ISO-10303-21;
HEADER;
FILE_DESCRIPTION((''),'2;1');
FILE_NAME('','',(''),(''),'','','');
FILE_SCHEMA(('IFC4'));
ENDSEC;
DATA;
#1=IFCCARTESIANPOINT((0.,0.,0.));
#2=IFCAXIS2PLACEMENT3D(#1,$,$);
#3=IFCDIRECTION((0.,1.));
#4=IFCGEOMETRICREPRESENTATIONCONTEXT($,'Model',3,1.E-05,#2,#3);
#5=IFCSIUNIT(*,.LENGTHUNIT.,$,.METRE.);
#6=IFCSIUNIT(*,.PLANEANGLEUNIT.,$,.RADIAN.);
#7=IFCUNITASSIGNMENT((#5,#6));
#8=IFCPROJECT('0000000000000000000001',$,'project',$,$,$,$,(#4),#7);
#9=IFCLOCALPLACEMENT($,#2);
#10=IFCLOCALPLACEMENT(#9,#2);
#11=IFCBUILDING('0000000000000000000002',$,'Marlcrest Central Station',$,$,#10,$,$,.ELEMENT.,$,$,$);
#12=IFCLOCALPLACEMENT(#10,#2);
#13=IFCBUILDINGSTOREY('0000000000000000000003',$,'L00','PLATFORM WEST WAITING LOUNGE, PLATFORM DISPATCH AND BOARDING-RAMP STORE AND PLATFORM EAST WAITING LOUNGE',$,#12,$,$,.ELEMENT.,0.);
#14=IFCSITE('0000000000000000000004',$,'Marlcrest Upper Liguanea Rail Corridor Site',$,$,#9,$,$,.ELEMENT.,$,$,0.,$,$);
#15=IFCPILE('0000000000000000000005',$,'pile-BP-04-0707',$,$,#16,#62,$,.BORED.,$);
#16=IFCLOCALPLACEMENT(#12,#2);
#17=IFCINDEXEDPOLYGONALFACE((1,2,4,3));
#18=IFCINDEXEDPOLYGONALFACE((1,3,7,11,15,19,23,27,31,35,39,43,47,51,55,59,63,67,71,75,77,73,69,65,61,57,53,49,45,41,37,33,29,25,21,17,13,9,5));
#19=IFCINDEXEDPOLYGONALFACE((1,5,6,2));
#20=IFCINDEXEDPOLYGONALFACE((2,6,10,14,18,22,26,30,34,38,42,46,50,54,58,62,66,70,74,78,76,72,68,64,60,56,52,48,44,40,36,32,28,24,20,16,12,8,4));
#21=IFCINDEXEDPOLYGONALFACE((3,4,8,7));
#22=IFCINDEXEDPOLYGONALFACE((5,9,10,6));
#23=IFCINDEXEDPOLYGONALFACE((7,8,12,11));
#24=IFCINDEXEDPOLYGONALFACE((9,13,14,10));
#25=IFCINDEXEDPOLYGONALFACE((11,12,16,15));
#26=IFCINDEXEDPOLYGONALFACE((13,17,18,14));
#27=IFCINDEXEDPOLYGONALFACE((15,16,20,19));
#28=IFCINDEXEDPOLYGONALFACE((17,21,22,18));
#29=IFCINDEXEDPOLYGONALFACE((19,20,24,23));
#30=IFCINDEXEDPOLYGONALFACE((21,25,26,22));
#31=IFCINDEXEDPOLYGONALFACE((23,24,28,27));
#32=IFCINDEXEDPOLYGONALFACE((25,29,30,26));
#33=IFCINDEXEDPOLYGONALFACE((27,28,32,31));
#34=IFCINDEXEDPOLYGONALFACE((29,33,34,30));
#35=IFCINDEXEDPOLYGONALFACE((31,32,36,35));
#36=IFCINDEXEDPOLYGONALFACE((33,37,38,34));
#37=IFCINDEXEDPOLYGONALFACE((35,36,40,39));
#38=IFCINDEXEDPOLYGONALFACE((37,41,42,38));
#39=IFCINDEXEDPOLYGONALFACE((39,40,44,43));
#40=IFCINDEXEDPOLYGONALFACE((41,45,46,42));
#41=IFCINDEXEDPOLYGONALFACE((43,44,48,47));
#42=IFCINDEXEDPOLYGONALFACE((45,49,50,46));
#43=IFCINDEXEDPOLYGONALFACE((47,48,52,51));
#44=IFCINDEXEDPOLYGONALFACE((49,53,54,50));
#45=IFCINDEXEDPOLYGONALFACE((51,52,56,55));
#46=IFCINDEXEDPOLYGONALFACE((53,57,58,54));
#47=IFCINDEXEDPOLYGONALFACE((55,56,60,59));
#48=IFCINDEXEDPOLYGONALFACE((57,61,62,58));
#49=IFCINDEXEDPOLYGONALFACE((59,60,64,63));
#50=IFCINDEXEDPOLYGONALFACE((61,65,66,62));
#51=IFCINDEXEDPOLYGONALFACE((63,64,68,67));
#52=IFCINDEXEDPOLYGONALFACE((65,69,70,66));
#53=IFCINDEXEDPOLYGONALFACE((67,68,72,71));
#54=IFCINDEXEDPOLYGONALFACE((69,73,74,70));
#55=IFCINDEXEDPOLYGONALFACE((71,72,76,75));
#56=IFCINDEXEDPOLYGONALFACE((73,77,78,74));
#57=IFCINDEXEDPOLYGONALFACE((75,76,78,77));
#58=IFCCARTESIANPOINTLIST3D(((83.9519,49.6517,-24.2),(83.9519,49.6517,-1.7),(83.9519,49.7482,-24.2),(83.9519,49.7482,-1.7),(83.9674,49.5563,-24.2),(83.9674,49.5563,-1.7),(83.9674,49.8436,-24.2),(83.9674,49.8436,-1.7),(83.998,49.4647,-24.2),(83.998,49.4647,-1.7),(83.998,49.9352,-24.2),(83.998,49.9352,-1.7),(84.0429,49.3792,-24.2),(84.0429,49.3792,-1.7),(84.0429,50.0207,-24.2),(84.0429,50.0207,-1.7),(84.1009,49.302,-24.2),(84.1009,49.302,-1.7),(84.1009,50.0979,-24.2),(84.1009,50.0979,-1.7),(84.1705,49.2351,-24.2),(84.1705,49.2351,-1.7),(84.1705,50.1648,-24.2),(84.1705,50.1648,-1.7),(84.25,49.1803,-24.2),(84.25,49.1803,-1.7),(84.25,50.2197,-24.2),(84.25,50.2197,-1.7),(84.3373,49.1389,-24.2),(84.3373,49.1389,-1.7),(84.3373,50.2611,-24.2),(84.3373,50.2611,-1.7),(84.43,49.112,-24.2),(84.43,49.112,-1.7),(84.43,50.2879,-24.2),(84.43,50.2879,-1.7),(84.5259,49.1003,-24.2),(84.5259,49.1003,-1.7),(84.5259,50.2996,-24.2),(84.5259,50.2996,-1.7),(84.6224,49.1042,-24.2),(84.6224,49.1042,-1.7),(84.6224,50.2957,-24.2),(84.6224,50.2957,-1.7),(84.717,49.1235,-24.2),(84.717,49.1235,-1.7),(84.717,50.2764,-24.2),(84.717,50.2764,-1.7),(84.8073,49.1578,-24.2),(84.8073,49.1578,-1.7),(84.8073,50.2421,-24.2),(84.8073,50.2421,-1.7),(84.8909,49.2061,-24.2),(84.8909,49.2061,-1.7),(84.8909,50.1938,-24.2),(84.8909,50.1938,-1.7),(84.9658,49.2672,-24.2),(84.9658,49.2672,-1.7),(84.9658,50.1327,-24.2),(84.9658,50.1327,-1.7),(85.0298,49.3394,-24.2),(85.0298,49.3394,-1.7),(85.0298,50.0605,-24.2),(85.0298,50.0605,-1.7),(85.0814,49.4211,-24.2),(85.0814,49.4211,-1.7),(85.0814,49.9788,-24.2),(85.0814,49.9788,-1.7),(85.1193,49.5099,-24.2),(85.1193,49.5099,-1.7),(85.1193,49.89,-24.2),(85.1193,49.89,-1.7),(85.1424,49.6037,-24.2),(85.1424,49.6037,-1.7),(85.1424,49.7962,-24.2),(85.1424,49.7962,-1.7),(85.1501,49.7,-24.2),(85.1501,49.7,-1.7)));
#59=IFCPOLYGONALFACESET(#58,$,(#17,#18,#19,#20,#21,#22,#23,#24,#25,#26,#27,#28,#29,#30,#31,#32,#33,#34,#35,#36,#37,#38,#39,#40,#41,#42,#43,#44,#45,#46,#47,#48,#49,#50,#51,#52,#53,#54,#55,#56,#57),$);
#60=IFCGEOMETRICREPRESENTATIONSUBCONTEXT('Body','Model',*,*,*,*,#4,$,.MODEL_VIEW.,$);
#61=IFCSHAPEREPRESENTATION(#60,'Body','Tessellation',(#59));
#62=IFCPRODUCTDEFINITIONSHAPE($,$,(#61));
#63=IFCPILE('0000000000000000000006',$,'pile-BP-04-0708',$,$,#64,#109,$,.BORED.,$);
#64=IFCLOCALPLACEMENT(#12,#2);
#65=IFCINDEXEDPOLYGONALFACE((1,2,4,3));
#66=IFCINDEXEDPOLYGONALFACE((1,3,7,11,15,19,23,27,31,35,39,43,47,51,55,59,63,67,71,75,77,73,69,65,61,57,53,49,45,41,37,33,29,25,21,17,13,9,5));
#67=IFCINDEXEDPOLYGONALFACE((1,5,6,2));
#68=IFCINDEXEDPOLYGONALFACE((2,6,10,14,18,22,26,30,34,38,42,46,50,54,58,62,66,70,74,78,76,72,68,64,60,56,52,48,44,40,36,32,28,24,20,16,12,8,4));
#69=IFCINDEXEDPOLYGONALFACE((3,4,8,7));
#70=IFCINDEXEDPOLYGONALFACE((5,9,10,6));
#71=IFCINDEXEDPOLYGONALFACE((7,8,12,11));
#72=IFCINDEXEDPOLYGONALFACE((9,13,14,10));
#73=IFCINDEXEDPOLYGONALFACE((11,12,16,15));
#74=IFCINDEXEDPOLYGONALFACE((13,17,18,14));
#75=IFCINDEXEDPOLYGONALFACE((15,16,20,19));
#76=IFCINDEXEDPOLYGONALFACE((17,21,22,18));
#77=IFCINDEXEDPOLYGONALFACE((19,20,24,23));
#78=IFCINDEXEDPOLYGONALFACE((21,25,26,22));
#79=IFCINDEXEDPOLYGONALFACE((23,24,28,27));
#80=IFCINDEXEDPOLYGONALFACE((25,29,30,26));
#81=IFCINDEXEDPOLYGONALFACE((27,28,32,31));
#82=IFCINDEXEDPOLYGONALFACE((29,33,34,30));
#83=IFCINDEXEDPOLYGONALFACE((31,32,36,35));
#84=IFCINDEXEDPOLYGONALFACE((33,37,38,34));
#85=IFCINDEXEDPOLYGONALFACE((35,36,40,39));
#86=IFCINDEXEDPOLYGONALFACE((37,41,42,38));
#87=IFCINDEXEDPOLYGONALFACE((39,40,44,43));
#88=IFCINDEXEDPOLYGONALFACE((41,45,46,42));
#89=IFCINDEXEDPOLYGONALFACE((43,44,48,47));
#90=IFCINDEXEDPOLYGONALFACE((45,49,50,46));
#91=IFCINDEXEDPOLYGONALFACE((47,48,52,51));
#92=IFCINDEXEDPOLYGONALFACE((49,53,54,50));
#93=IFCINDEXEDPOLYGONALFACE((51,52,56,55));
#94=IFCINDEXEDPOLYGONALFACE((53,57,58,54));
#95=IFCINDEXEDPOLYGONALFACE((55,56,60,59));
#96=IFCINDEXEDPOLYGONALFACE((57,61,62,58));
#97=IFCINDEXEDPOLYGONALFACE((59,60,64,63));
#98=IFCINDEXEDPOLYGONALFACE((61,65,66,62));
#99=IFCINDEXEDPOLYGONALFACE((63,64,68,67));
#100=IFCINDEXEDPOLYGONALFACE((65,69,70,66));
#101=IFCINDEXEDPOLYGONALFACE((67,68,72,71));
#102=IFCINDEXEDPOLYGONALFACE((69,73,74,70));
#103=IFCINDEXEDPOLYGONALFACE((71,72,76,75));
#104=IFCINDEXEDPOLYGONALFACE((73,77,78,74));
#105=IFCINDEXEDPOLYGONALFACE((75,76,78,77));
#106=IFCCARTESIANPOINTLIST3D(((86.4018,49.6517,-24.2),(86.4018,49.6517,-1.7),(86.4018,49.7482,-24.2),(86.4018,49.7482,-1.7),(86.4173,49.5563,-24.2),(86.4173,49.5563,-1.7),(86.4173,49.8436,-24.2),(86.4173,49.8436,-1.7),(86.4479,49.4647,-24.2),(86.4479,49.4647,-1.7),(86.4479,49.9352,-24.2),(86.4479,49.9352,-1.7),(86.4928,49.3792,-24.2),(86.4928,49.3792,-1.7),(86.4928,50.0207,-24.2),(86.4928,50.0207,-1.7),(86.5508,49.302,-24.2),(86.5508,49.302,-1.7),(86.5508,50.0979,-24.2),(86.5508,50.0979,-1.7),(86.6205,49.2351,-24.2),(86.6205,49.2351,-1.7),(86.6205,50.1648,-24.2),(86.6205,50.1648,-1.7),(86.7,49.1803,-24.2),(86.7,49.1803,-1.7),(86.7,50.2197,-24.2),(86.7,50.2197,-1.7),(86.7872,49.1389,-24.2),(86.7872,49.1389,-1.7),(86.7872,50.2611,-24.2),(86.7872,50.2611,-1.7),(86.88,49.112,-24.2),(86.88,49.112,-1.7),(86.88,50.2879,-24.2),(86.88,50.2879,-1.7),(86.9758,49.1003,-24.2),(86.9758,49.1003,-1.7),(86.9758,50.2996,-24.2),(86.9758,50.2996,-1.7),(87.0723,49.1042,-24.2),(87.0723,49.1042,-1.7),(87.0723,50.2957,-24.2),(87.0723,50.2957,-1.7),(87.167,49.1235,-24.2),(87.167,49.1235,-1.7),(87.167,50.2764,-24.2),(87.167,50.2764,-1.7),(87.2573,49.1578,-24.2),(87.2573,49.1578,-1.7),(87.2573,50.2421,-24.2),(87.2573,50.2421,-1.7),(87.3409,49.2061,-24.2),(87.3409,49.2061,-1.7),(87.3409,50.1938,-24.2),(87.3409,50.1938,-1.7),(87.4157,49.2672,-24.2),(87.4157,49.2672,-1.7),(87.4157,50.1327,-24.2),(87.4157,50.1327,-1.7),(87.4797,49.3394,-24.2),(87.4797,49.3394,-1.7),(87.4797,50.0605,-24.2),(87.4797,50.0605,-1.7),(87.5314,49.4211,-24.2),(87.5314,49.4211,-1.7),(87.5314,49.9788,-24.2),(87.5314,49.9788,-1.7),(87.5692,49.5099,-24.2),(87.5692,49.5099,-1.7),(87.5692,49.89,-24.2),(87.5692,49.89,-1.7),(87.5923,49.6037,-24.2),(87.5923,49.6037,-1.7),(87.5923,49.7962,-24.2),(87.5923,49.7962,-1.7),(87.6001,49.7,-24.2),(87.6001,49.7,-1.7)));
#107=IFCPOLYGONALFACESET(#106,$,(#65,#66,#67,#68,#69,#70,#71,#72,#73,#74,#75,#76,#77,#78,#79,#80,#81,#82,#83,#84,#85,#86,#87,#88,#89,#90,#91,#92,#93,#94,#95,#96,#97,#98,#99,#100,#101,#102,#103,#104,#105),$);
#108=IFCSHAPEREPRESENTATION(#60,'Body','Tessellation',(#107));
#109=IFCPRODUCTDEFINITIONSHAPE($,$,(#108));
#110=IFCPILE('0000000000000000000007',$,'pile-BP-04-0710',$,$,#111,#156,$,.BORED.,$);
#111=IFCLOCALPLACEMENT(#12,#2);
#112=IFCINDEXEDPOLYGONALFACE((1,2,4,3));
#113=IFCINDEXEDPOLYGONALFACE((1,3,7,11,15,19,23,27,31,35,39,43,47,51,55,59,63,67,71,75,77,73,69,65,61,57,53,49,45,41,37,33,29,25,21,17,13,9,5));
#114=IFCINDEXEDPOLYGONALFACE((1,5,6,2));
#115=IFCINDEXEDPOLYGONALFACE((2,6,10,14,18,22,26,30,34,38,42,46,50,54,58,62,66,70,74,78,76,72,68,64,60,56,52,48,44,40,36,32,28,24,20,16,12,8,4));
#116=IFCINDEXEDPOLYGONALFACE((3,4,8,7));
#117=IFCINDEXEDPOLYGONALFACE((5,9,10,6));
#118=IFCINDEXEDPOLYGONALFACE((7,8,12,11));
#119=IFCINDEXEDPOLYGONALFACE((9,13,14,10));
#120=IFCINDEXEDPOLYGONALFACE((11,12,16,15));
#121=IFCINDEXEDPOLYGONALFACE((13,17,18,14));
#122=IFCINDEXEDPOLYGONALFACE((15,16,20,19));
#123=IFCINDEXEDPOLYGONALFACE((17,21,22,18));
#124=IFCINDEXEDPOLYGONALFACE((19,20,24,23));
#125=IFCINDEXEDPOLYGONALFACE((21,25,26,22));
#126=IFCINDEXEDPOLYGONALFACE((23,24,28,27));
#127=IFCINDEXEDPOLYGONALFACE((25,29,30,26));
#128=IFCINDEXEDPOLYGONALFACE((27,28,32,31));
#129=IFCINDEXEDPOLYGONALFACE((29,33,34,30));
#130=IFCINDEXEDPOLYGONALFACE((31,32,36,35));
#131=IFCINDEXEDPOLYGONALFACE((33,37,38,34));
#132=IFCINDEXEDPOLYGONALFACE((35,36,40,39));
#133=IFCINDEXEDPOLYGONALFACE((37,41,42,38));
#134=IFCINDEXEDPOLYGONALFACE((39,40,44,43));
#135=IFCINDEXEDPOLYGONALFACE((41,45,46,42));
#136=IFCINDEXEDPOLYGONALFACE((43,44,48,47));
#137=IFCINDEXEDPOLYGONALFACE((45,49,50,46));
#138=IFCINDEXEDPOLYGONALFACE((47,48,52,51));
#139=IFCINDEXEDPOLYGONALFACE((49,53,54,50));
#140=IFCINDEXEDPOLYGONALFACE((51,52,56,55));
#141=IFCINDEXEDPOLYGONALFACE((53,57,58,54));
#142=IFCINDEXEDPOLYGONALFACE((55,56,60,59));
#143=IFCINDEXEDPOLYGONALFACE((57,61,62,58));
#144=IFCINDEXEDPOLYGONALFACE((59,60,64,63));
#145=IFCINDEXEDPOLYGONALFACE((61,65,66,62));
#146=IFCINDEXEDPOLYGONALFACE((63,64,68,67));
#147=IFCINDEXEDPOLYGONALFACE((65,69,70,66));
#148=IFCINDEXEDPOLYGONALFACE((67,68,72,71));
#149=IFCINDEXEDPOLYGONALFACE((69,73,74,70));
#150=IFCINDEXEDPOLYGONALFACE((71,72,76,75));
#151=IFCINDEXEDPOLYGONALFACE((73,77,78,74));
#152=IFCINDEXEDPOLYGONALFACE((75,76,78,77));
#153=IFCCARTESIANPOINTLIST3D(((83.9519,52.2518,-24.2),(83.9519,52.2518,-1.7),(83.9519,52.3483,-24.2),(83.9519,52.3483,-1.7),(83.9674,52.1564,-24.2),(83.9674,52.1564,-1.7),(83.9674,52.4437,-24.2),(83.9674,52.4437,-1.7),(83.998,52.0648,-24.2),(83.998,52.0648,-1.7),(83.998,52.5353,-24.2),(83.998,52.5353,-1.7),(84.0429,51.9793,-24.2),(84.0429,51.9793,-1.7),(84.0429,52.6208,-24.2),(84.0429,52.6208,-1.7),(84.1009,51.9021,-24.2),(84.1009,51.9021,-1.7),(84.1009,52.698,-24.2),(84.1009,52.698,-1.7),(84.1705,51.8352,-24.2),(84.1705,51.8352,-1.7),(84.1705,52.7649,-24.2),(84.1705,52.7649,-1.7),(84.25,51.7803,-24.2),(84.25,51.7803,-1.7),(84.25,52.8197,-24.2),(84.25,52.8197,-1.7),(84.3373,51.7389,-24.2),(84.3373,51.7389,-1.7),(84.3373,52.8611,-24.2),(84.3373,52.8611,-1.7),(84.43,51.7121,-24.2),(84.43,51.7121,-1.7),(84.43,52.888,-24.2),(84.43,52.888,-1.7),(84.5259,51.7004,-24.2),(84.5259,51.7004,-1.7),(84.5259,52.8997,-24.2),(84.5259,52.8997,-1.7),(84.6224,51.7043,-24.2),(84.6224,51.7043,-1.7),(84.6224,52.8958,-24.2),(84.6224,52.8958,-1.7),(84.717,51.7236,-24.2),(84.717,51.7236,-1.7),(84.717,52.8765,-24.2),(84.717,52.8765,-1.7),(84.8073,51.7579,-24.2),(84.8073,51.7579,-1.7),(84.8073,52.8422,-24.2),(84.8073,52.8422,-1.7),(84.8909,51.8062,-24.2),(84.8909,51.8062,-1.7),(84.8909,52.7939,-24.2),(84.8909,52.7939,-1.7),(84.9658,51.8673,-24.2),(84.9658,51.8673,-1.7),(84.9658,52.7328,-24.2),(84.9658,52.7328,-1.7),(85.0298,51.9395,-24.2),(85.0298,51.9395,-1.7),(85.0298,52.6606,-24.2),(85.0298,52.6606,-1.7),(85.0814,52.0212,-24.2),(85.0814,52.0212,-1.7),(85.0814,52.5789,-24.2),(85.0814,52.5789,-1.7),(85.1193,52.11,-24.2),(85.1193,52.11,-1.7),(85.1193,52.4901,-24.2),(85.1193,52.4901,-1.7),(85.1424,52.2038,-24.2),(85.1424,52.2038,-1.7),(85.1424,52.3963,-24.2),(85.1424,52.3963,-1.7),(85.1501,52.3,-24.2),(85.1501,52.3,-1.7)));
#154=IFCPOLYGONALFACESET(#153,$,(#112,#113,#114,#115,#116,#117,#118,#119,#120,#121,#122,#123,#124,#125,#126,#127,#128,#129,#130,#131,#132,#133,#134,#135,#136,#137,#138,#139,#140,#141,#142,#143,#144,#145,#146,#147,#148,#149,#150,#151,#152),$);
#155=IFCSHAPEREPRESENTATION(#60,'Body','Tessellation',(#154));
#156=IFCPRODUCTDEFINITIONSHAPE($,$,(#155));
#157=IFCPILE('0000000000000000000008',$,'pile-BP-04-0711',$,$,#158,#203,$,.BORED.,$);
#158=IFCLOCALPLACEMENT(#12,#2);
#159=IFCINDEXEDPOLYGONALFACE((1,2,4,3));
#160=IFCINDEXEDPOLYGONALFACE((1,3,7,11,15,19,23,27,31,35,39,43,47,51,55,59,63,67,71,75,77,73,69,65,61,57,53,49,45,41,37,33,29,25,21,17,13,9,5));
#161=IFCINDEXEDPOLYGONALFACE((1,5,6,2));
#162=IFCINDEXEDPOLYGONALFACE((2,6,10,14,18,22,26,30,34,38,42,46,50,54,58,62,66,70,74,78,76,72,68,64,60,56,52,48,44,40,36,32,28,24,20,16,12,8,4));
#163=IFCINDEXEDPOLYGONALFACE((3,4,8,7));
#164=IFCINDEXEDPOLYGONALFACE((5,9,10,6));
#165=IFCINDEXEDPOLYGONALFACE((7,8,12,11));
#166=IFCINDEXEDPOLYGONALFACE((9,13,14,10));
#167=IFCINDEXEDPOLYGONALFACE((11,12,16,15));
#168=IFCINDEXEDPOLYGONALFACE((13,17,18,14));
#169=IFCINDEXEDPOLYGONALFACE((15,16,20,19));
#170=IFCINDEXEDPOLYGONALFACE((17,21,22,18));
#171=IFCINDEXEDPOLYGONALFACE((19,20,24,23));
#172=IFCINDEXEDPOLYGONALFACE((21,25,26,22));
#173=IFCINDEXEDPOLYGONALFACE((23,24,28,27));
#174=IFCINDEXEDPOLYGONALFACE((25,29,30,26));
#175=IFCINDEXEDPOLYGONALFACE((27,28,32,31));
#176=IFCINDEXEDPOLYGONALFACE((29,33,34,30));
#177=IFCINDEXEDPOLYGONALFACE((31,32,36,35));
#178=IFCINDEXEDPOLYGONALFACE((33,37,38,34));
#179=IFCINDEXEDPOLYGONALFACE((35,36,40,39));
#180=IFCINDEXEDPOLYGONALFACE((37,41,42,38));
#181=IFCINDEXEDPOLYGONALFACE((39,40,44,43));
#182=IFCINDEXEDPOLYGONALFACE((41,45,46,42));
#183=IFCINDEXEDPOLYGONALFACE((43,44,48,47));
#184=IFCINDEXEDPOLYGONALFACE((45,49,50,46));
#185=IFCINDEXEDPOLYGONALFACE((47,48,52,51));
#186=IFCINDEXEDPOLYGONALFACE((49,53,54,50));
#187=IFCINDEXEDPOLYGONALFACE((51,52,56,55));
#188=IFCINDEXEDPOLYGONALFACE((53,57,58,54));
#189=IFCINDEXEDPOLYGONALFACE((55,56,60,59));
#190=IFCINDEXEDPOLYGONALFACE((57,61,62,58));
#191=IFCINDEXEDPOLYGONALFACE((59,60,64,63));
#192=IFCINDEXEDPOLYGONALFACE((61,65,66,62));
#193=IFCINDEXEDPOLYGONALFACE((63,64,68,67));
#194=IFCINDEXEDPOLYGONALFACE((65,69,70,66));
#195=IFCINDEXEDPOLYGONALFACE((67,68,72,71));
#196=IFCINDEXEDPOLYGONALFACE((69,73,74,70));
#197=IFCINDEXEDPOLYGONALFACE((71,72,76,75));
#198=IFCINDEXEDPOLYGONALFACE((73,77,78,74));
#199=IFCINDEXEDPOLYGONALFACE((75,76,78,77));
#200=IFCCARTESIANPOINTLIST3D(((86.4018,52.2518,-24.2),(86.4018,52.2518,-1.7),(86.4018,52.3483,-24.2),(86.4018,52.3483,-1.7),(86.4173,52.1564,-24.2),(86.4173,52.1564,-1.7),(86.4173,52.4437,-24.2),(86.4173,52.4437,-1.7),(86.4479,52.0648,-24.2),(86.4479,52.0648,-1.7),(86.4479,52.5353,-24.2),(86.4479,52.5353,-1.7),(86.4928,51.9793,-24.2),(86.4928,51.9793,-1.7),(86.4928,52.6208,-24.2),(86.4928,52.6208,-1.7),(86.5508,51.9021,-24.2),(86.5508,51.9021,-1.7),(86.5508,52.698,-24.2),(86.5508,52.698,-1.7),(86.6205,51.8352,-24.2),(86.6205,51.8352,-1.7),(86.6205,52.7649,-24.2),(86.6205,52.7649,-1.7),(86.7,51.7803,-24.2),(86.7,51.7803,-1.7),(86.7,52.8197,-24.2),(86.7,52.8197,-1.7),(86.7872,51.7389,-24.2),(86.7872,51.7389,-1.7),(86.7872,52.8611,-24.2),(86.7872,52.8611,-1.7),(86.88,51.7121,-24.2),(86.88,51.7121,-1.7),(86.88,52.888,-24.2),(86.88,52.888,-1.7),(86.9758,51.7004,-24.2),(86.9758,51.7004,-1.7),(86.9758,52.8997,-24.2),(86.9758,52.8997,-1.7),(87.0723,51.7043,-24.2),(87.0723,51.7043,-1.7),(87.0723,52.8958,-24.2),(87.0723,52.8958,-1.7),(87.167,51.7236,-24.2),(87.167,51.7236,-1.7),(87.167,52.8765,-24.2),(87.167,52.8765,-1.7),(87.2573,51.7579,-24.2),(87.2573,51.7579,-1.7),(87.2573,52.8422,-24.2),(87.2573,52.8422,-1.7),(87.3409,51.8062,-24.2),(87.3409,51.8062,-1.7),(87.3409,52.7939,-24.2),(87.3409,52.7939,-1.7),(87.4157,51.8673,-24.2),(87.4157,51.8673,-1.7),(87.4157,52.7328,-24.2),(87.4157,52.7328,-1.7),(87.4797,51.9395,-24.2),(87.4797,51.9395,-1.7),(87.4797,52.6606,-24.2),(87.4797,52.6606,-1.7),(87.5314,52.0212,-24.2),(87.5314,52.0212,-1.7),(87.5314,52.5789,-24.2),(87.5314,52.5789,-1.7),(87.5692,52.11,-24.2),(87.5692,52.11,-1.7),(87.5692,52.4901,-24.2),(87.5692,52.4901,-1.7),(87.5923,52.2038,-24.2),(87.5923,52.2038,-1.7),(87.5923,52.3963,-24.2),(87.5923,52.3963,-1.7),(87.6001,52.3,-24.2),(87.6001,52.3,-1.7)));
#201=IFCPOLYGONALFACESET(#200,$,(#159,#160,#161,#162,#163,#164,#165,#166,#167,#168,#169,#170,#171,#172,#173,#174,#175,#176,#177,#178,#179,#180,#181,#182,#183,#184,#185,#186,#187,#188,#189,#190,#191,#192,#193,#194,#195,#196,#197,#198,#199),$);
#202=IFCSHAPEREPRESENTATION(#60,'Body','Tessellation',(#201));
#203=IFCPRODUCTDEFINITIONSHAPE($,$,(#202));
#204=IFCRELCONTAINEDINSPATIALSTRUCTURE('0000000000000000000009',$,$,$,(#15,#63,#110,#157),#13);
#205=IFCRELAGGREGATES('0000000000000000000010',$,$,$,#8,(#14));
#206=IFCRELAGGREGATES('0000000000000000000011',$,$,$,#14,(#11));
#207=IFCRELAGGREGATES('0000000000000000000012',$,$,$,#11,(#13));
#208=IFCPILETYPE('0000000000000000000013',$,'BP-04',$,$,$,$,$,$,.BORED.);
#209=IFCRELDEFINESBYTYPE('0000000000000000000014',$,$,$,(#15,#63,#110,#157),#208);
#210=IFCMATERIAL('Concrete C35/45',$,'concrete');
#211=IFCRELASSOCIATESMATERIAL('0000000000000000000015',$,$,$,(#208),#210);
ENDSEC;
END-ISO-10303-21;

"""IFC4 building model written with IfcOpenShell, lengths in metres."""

from ifc_helpers import new_model, si_unit, direction, frame, origin, origin_2d, place, context, subcontext, project, spatial, circle, extrude, material, material_profile, profile_set, type_object, element, save


model = new_model("IFC4")

# Units and contexts
model_context = context("Model", 3, precision=1e-05, world=origin(), true_north=direction((0.0, 1.0)))
body_context = subcontext(model_context, "Body", "Model", "MODEL_VIEW")
ifc_project = project(units=[si_unit("LENGTHUNIT", "METRE"), si_unit("PLANEANGLEUNIT", "RADIAN")], contexts=[model_context])

# Site, building, storey
site_placement = place(None, origin())
site = spatial("IfcSite", under=ifc_project, at=site_placement, Name="Marlcrest Upper Liguanea Rail Corridor Site", CompositionType="ELEMENT", RefElevation=0.0)
building_placement = place(site_placement, origin())
building = spatial("IfcBuilding", under=site, at=building_placement, Name="Marlcrest Central Station", CompositionType="ELEMENT")
storey_placement = place(building_placement, origin())
storey = spatial("IfcBuildingStorey", under=building, at=storey_placement, Name="L00", Description="PLATFORM WEST WAITING LOUNGE, PLATFORM DISPATCH AND BOARDING-RAMP STORE AND PLATFORM EAST WAITING LOUNGE", CompositionType="ELEMENT", Elevation=0.0)

# Piles
ifc_material_1 = material(Name="Concrete C35/45", Category="concrete")
ifc_material_profile_1 = material_profile(ifc_material_1, circle(Radius=0.6001, at=origin_2d()), Name="PILE D1200")
ifc_profile_set_1 = profile_set([ifc_material_profile_1], Name="Concrete C35/45")
pile_type_1 = type_object("IfcPileType", Name="BP-04", PredefinedType="BORED", material=ifc_profile_set_1)
for number, where, z_axis, x_axis, name in (
    (1, (84.55, 49.7, -1.7), (0.0, 0.0, -1.0), (1.0, 0.0, 0.0), "pile-BP-04-0707"),
    (2, (87.0, 49.7, -1.7), (0.0, 0.0, -1.0), (1.0, 0.0, 0.0), "pile-BP-04-0708"),
    (3, (84.55, 52.3, -1.7), (0.0, 0.0, -1.0), (1.0, 0.0, 0.0), "pile-BP-04-0710"),
    (4, (87.0, 52.3, -1.7), (0.0, 0.0, -1.0), (1.0, 0.0, 0.0), "pile-BP-04-0711"),
):
    element("IfcPile", number, at=place(storey_placement, frame(where, z_axis=z_axis, x_axis=x_axis)), inside=storey, type_object=pile_type_1, Name=name, PredefinedType="BORED", context=body_context, shape_type="SweptSolid", body=[
        extrude(circle(Radius=0.6001, at=origin_2d()), origin(), (0.0, 0.0, 1.0), 22.5),
    ])

save(model, "model.ifc")
